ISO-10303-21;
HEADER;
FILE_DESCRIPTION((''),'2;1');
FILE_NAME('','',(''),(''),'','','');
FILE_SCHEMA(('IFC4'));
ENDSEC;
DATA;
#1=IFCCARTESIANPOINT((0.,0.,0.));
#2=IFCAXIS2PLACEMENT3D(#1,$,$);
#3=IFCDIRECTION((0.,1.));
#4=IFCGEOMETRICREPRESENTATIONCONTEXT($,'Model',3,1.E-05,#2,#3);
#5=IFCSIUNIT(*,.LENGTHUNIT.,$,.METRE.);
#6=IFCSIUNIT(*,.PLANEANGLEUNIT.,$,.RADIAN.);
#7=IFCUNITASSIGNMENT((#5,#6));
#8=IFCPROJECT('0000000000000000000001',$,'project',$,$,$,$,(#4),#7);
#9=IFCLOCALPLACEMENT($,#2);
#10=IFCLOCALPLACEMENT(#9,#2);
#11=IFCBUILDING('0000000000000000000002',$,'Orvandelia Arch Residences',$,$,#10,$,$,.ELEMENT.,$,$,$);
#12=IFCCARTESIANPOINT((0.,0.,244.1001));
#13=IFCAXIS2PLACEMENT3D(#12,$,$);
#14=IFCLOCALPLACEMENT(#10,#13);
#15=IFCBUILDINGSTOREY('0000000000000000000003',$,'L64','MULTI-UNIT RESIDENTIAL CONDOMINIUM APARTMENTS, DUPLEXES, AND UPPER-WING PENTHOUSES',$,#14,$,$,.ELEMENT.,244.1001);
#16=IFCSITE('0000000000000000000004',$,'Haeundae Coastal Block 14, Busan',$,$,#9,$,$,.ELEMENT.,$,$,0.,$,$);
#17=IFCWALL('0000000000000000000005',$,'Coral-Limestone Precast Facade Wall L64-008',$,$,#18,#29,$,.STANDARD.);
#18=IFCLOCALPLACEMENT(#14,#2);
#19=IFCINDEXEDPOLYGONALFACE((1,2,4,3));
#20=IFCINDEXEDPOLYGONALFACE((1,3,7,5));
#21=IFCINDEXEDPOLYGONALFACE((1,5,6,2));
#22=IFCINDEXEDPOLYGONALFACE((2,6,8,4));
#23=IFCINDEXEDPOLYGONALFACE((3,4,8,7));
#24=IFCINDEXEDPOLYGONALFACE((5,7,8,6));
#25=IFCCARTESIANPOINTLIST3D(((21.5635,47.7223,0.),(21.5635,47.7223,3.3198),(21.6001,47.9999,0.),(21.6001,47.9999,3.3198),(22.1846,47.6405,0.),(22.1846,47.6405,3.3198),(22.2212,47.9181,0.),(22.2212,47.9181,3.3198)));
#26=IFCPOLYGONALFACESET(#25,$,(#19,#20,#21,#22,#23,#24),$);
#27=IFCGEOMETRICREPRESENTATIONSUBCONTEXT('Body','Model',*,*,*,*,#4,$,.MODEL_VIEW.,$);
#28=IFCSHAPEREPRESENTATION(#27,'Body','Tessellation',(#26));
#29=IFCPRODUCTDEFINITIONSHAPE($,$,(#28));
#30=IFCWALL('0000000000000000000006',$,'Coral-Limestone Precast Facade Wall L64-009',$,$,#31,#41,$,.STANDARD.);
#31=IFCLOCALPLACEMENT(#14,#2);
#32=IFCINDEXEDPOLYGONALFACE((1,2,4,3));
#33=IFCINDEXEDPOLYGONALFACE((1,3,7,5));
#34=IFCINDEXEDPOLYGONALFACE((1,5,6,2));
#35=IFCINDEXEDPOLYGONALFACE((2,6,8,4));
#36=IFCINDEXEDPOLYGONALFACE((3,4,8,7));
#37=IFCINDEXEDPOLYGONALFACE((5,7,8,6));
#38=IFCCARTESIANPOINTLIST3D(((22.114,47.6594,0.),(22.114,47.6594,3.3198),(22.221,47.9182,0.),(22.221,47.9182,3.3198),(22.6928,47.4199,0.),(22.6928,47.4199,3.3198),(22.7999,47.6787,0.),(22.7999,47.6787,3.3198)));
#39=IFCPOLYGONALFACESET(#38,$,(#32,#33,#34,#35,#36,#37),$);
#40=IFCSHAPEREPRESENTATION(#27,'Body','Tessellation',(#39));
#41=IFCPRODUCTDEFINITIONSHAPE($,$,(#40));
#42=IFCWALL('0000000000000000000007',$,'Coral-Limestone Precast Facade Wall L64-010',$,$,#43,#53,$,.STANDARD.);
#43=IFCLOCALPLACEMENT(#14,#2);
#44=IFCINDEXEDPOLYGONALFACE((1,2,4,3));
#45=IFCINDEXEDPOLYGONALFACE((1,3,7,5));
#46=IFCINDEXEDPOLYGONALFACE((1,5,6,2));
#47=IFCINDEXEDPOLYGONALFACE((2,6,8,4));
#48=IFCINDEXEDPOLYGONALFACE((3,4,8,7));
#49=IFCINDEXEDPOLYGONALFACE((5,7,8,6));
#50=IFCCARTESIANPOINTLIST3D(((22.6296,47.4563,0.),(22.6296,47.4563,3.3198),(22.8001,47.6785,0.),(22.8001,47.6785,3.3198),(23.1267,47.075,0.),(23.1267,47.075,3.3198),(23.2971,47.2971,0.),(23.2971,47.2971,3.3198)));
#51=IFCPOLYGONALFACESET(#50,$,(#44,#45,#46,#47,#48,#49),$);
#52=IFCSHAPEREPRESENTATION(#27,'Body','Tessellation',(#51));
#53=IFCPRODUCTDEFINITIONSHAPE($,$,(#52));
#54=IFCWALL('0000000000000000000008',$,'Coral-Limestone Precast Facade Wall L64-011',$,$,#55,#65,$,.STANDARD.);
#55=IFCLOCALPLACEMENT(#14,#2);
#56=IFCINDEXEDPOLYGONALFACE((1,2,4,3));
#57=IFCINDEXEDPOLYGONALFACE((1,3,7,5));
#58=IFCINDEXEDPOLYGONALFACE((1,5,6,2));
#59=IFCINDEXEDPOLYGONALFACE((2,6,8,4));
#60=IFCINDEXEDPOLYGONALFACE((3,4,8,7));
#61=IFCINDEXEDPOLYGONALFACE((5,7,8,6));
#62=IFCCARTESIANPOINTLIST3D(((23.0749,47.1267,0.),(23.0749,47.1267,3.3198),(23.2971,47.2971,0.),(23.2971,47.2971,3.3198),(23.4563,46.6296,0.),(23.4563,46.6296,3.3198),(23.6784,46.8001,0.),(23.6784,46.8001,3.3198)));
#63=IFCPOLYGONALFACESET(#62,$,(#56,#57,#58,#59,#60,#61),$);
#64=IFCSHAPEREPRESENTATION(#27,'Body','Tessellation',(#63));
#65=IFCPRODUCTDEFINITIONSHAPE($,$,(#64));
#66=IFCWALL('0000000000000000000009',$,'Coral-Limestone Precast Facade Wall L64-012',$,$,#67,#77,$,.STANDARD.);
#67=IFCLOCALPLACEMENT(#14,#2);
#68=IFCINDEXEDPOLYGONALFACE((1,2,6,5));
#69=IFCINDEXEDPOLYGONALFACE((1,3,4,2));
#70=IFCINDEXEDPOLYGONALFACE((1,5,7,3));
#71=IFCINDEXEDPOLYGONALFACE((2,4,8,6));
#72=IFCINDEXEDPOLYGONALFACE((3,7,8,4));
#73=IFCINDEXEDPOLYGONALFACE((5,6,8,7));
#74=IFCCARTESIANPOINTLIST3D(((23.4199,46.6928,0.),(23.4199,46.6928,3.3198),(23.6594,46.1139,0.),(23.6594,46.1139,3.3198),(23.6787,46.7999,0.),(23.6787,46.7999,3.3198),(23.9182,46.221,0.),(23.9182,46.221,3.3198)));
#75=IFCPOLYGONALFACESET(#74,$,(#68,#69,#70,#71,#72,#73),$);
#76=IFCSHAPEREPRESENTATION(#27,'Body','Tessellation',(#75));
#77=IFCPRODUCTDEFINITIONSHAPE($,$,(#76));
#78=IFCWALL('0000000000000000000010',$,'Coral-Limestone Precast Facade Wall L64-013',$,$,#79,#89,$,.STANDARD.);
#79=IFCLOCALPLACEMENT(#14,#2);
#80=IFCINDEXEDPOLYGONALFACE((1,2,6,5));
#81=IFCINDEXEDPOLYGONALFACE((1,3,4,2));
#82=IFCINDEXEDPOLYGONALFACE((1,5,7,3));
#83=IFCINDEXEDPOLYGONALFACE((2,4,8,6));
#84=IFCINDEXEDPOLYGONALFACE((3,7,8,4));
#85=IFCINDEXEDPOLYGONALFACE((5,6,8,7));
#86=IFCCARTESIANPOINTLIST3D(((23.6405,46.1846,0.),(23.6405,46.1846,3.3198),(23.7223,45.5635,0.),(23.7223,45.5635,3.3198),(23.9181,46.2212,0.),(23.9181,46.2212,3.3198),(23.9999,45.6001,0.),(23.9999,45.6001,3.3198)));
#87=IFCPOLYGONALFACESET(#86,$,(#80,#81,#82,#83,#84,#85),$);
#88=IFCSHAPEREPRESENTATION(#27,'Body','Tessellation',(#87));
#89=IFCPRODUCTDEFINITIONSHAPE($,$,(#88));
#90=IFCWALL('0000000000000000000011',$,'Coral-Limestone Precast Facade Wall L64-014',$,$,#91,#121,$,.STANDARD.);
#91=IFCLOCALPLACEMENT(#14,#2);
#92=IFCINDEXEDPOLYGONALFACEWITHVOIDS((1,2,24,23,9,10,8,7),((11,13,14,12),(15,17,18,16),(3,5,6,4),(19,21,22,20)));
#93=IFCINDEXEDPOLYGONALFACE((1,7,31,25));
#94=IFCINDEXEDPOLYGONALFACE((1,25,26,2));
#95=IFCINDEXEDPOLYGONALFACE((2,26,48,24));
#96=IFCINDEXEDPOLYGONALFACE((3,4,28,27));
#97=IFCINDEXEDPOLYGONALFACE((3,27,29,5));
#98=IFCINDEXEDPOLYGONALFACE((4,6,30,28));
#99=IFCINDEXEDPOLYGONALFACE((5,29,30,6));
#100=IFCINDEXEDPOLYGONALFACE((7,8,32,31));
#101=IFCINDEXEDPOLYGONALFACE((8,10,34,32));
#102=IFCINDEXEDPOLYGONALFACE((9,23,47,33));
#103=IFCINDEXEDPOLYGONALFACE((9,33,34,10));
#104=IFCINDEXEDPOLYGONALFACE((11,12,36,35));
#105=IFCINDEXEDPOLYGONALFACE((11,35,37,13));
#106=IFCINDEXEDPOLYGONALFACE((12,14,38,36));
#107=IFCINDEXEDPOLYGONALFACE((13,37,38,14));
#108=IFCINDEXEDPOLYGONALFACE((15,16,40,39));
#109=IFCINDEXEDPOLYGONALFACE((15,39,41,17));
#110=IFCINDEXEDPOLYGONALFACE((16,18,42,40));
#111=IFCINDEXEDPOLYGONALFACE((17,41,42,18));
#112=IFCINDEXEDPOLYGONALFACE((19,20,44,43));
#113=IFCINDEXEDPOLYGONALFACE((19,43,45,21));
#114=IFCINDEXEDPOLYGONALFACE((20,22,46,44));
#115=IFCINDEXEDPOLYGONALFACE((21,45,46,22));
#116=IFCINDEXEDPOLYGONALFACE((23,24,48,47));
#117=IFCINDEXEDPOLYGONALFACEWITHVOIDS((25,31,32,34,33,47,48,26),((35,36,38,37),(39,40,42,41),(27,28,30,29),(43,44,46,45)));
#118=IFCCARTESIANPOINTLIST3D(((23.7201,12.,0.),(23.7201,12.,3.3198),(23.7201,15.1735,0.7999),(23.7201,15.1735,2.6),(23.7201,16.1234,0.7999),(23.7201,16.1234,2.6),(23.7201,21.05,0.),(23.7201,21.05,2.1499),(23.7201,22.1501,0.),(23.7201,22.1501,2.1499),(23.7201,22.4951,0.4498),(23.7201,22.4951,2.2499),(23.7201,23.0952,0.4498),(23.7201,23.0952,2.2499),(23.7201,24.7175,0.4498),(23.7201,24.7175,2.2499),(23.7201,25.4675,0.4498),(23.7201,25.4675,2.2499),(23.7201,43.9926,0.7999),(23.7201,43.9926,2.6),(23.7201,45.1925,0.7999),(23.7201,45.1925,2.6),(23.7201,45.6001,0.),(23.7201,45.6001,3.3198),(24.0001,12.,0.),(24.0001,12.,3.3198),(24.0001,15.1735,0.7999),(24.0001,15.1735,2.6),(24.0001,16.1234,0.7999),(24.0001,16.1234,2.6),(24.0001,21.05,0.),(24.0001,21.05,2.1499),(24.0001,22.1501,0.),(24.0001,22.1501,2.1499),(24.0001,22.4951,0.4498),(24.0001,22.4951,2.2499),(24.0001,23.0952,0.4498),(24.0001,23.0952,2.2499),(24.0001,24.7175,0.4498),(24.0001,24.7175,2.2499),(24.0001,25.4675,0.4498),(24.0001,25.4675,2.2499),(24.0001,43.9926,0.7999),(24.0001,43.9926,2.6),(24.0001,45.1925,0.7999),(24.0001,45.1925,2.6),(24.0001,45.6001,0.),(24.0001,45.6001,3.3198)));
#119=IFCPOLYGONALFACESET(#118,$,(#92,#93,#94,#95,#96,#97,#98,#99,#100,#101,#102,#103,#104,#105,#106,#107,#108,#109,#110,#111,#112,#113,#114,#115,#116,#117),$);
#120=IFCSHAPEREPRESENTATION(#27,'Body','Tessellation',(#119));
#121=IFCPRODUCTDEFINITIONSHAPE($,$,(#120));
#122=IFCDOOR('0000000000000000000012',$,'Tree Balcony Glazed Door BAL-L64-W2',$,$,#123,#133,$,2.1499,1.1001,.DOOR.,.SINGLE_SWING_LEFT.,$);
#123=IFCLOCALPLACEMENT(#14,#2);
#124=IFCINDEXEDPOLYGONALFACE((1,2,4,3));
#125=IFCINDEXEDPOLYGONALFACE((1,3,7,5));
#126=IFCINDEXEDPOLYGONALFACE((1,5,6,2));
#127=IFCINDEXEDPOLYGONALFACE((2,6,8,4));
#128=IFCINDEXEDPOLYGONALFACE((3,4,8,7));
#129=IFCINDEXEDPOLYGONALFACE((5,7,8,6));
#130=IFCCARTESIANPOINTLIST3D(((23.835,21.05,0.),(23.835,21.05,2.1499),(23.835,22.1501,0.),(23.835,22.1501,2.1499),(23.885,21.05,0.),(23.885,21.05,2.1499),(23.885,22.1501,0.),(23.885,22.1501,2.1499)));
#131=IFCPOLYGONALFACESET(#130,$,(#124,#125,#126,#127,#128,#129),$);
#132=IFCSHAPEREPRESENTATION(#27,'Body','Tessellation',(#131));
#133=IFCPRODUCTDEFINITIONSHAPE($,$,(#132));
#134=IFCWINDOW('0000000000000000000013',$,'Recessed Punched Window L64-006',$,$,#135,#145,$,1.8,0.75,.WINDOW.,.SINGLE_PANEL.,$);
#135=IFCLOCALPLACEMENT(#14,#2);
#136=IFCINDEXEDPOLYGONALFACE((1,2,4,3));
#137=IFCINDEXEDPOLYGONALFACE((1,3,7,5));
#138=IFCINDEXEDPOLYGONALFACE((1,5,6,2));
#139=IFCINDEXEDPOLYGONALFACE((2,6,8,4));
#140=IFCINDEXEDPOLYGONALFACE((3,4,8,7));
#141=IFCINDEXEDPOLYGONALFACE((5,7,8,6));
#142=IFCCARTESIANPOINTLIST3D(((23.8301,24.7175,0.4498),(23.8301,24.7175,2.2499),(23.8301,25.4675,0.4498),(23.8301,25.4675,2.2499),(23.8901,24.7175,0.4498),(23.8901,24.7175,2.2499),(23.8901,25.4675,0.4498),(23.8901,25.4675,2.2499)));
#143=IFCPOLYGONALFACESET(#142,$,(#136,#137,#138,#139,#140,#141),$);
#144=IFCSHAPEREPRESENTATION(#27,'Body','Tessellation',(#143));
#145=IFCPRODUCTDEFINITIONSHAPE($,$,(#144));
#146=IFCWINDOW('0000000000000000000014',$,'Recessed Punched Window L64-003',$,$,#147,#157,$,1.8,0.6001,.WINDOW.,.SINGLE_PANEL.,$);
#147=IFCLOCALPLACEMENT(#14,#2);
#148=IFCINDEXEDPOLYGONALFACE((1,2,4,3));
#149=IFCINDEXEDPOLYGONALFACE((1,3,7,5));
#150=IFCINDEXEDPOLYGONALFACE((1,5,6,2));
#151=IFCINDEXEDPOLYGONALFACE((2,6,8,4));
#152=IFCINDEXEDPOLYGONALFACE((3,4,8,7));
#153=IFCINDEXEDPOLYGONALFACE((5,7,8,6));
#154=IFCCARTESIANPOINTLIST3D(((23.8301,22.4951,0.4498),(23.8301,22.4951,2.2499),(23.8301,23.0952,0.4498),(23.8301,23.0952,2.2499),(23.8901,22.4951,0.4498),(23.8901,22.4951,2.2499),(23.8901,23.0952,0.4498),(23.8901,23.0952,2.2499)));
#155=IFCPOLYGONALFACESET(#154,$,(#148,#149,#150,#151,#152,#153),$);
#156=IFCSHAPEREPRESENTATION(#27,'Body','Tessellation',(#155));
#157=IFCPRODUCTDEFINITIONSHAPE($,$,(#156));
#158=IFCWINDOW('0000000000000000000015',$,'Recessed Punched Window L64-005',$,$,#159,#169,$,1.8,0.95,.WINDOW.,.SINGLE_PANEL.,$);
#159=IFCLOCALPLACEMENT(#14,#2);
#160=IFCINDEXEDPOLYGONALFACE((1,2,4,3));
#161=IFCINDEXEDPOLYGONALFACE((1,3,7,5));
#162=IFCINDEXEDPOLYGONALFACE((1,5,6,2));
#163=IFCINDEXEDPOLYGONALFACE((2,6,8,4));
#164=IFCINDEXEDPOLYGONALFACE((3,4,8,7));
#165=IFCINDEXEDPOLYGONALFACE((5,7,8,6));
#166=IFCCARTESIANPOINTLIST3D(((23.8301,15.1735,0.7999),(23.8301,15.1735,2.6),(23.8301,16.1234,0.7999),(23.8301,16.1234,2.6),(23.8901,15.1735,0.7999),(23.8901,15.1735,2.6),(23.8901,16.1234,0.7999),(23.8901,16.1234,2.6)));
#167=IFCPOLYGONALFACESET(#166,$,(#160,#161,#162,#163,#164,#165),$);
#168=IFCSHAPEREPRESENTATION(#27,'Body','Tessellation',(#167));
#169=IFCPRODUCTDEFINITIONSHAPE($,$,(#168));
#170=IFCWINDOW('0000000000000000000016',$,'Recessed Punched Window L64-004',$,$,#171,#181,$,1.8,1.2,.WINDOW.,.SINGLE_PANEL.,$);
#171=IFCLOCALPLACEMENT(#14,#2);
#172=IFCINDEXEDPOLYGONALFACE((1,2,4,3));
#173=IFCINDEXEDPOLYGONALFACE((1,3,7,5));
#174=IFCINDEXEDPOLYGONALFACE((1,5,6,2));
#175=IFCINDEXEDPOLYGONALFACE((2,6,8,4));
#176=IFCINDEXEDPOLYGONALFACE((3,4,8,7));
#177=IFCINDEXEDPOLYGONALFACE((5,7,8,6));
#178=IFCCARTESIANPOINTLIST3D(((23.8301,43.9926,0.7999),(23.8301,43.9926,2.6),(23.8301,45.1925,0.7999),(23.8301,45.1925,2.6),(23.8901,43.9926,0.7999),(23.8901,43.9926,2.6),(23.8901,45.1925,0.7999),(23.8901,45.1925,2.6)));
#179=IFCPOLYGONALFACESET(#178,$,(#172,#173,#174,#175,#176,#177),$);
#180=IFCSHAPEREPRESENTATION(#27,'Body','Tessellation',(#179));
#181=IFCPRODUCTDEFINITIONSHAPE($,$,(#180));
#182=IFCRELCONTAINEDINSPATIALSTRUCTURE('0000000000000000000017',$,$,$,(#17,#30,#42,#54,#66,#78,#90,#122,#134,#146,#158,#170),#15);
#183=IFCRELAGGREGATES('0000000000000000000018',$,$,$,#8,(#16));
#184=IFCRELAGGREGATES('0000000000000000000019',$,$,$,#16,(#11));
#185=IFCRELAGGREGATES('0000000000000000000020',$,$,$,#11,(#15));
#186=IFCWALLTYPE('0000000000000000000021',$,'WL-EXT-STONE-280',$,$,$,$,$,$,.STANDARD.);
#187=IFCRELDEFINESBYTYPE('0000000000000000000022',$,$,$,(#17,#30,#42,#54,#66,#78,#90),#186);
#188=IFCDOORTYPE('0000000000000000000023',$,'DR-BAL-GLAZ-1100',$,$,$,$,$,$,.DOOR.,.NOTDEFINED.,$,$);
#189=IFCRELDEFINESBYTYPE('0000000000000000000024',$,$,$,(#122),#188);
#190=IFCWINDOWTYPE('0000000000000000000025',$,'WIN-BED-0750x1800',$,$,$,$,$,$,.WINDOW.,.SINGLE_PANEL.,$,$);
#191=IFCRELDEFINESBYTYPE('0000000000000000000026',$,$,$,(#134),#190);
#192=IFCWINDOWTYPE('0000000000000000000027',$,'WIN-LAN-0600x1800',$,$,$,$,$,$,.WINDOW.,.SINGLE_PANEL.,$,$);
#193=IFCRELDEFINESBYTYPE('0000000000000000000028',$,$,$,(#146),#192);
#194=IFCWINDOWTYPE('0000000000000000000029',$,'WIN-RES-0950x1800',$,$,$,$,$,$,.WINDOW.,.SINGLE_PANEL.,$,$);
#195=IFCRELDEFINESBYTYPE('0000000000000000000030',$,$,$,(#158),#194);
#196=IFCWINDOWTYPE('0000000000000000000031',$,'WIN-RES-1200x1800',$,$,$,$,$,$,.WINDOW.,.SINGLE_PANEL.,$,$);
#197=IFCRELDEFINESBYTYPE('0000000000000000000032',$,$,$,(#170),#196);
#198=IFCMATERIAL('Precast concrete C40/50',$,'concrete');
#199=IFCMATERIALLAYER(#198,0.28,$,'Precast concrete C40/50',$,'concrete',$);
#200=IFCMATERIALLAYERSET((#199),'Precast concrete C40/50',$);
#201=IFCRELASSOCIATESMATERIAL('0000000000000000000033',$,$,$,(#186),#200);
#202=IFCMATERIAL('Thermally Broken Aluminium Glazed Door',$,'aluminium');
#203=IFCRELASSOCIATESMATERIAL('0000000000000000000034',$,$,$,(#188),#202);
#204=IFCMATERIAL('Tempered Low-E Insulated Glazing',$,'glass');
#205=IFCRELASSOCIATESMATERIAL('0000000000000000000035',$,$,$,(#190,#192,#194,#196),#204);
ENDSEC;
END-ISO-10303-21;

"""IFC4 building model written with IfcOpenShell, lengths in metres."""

from ifc_helpers import new_model, si_unit, direction, frame, frame_2d, origin, place, context, subcontext, project, spatial, rectangle, extrude, material, layer, layer_set, type_object, element, fill, save


model = new_model("IFC4")

# Units and contexts
model_context = context("Model", 3, precision=1e-05, world=origin(), true_north=direction((0.0, 1.0)))
body_context = subcontext(model_context, "Body", "Model", "MODEL_VIEW")
ifc_project = project(units=[si_unit("LENGTHUNIT", "METRE"), si_unit("PLANEANGLEUNIT", "RADIAN")], contexts=[model_context])

# Site, building, storey
site_placement = place(None, origin())
site = spatial("IfcSite", under=ifc_project, at=site_placement, Name="Haeundae Coastal Block 14, Busan", CompositionType="ELEMENT", RefElevation=0.0)
building_placement = place(site_placement, origin())
building = spatial("IfcBuilding", under=site, at=building_placement, Name="Orvandelia Arch Residences", CompositionType="ELEMENT")
storey_placement = place(building_placement, frame((0.0, 0.0, 244.1001)))
storey = spatial("IfcBuildingStorey", under=building, at=storey_placement, Name="L64", Description="MULTI-UNIT RESIDENTIAL CONDOMINIUM APARTMENTS, DUPLEXES, AND UPPER-WING PENTHOUSES", CompositionType="ELEMENT", Elevation=244.1001)

# Walls
ifc_material_1 = material(Name="Precast concrete C40/50", Category="concrete")
ifc_layer_1 = layer(ifc_material_1, 0.28, Name="Precast concrete C40/50", Category="concrete")
ifc_layer_set_1 = layer_set([ifc_layer_1], Name="Precast concrete C40/50")
wall_type_1 = type_object("IfcWallType", Name="WL-EXT-STONE-280", PredefinedType="STANDARD", material=ifc_layer_set_1)
for number, where, z_axis, x_axis, name in (
    (1, (21.5818, 47.8611, 0.0), (0.0, 0.0, 1.0), (0.991441, -0.130555, 0.0), "Coral-Limestone Precast Facade Wall L64-008"),
    (2, (22.1675, 47.7888, 0.0), (0.0, 0.0, 1.0), (0.924031, -0.382317, 0.0), "Coral-Limestone Precast Facade Wall L64-009"),
    (3, (22.7148, 47.5674, 0.0), (0.0, 0.0, 1.0), (0.793406, -0.608693, 0.0), "Coral-Limestone Precast Facade Wall L64-010"),
    (4, (23.186, 47.2119, 0.0), (0.0, 0.0, 1.0), (0.608693, -0.793406, 0.0), "Coral-Limestone Precast Facade Wall L64-011"),
    (5, (23.5493, 46.7463, 0.0), (0.0, 0.0, 1.0), (0.382317, -0.924031, 0.0), "Coral-Limestone Precast Facade Wall L64-012"),
    (6, (23.7793, 46.2029, 0.0), (0.0, 0.0, 1.0), (0.130555, -0.991441, 0.0), "Coral-Limestone Precast Facade Wall L64-013"),
):
    element("IfcWall", number, at=place(storey_placement, frame(where, z_axis=z_axis, x_axis=x_axis)), inside=storey, type_object=wall_type_1, Name=name, PredefinedType="STANDARD", context=body_context, shape_type="SweptSolid", body=[
        extrude(rectangle(XDim=0.6265, YDim=0.28, at=frame_2d((0.3132, 0.0))), origin(), (0.0, 0.0, 1.0), 3.3198),
    ])

# Wall, openings, door, windows
wall_1_placement = place(storey_placement, frame((23.8601, 45.6001, 0.0), z_axis=(0.0, 0.0, 1.0), x_axis=(0.0, -1.0, 0.0)))
wall_1 = element("IfcWall", 7, at=wall_1_placement, inside=storey, type_object=wall_type_1, Name="Coral-Limestone Precast Facade Wall L64-014", PredefinedType="STANDARD", context=body_context, shape_type="SweptSolid", body=[
    extrude(rectangle(XDim=33.6001, YDim=0.28, at=frame_2d((16.8, 0.0))), origin(), (0.0, 0.0, 1.0), 3.3198),
])
opening_1_placement = place(wall_1_placement, frame((23.45, 0.0, 0.0)))
opening_1 = element("IfcOpeningElement", 8, at=opening_1_placement, cuts=wall_1, PredefinedType="OPENING", context=body_context, shape_type="SweptSolid", body=[
    extrude(rectangle(XDim=1.1001, YDim=2.1499, at=frame_2d((0.55, 1.075))), frame((0.0, 0.1499, 0.0), z_axis=(0.0, -1.0, 0.0), x_axis=(1.0, 0.0, 0.0)), (0.0, 0.0, 1.0), 0.3),
])
opening_2_placement = place(wall_1_placement, frame((22.5049, 0.0, 0.45)))
opening_2 = element("IfcOpeningElement", 9, at=opening_2_placement, cuts=wall_1, PredefinedType="OPENING", context=body_context, shape_type="SweptSolid", body=[
    extrude(rectangle(XDim=0.6001, YDim=1.8, at=frame_2d((0.3, 0.8999))), frame((0.0, 0.1499, 0.0), z_axis=(0.0, -1.0, 0.0), x_axis=(1.0, 0.0, 0.0)), (0.0, 0.0, 1.0), 0.3),
])
opening_3_placement = place(wall_1_placement, frame((0.4075, 0.0, 0.8)))
opening_3 = element("IfcOpeningElement", 10, at=opening_3_placement, cuts=wall_1, PredefinedType="OPENING", context=body_context, shape_type="SweptSolid", body=[
    extrude(rectangle(XDim=1.2, YDim=1.8, at=frame_2d((0.6001, 0.8999))), frame((0.0, 0.1499, 0.0), z_axis=(0.0, -1.0, 0.0), x_axis=(1.0, 0.0, 0.0)), (0.0, 0.0, 1.0), 0.3),
])
opening_4_placement = place(wall_1_placement, frame((29.4766, 0.0, 0.8)))
opening_4 = element("IfcOpeningElement", 11, at=opening_4_placement, cuts=wall_1, PredefinedType="OPENING", context=body_context, shape_type="SweptSolid", body=[
    extrude(rectangle(XDim=0.95, YDim=1.8, at=frame_2d((0.4751, 0.8999))), frame((0.0, 0.1499, 0.0), z_axis=(0.0, -1.0, 0.0), x_axis=(1.0, 0.0, 0.0)), (0.0, 0.0, 1.0), 0.3),
])
opening_5_placement = place(wall_1_placement, frame((20.1326, 0.0, 0.45)))
opening_5 = element("IfcOpeningElement", 12, at=opening_5_placement, cuts=wall_1, PredefinedType="OPENING", context=body_context, shape_type="SweptSolid", body=[
    extrude(rectangle(XDim=0.75, YDim=1.8, at=frame_2d((0.375, 0.8999))), frame((0.0, 0.1499, 0.0), z_axis=(0.0, -1.0, 0.0), x_axis=(1.0, 0.0, 0.0)), (0.0, 0.0, 1.0), 0.3),
])
ifc_material_2 = material(Name="Thermally Broken Aluminium Glazed Door", Category="aluminium")
door_type_1 = type_object("IfcDoorType", Name="DR-BAL-GLAZ-1100", OperationType="NOTDEFINED", PredefinedType="DOOR", material=ifc_material_2)
door_1_placement = place(opening_1_placement, origin())
door_1 = element("IfcDoor", 13, at=door_1_placement, inside=storey, type_object=door_type_1, Name="Tree Balcony Glazed Door BAL-L64-W2", OperationType="SINGLE_SWING_LEFT", OverallHeight=2.1499, OverallWidth=1.1001, PredefinedType="DOOR", context=body_context, shape_type="SweptSolid", body=[
    extrude(rectangle(XDim=1.1001, YDim=2.1499, at=frame_2d((0.55, 1.075))), frame((0.0, 0.0249, 0.0), z_axis=(0.0, -1.0, 0.0), x_axis=(1.0, 0.0, 0.0)), (0.0, 0.0, 1.0), 0.05),
])
fill(opening_1, door_1)
ifc_material_3 = material(Name="Tempered Low-E Insulated Glazing", Category="glass")
window_type_1 = type_object("IfcWindowType", Name="WIN-BED-0750x1800", PartitioningType="SINGLE_PANEL", PredefinedType="WINDOW", material=ifc_material_3)
window_1_placement = place(opening_5_placement, origin())
window_1 = element("IfcWindow", 14, at=window_1_placement, inside=storey, type_object=window_type_1, Name="Recessed Punched Window L64-006", OverallHeight=1.8, OverallWidth=0.75, PartitioningType="SINGLE_PANEL", PredefinedType="WINDOW", context=body_context, shape_type="SweptSolid", body=[
    extrude(rectangle(XDim=0.75, YDim=1.8, at=frame_2d((0.375, 0.8999))), frame((0.0, 0.03, 0.0), z_axis=(0.0, -1.0, 0.0), x_axis=(1.0, 0.0, 0.0)), (0.0, 0.0, 1.0), 0.0601),
])
fill(opening_5, window_1)
window_type_2 = type_object("IfcWindowType", Name="WIN-LAN-0600x1800", PartitioningType="SINGLE_PANEL", PredefinedType="WINDOW", material=ifc_material_3)
window_2_placement = place(opening_2_placement, origin())
window_2 = element("IfcWindow", 15, at=window_2_placement, inside=storey, type_object=window_type_2, Name="Recessed Punched Window L64-003", OverallHeight=1.8, OverallWidth=0.6001, PartitioningType="SINGLE_PANEL", PredefinedType="WINDOW", context=body_context, shape_type="SweptSolid", body=[
    extrude(rectangle(XDim=0.6001, YDim=1.8, at=frame_2d((0.3, 0.8999))), frame((0.0, 0.03, 0.0), z_axis=(0.0, -1.0, 0.0), x_axis=(1.0, 0.0, 0.0)), (0.0, 0.0, 1.0), 0.0601),
])
fill(opening_2, window_2)
window_type_3 = type_object("IfcWindowType", Name="WIN-RES-0950x1800", PartitioningType="SINGLE_PANEL", PredefinedType="WINDOW", material=ifc_material_3)
window_3_placement = place(opening_4_placement, origin())
window_3 = element("IfcWindow", 16, at=window_3_placement, inside=storey, type_object=window_type_3, Name="Recessed Punched Window L64-005", OverallHeight=1.8, OverallWidth=0.95, PartitioningType="SINGLE_PANEL", PredefinedType="WINDOW", context=body_context, shape_type="SweptSolid", body=[
    extrude(rectangle(XDim=0.95, YDim=1.8, at=frame_2d((0.4751, 0.8999))), frame((0.0, 0.03, 0.0), z_axis=(0.0, -1.0, 0.0), x_axis=(1.0, 0.0, 0.0)), (0.0, 0.0, 1.0), 0.0601),
])
fill(opening_4, window_3)
window_type_4 = type_object("IfcWindowType", Name="WIN-RES-1200x1800", PartitioningType="SINGLE_PANEL", PredefinedType="WINDOW", material=ifc_material_3)
window_4_placement = place(opening_3_placement, origin())
window_4 = element("IfcWindow", 17, at=window_4_placement, inside=storey, type_object=window_type_4, Name="Recessed Punched Window L64-004", OverallHeight=1.8, OverallWidth=1.2, PartitioningType="SINGLE_PANEL", PredefinedType="WINDOW", context=body_context, shape_type="SweptSolid", body=[
    extrude(rectangle(XDim=1.2, YDim=1.8, at=frame_2d((0.6001, 0.8999))), frame((0.0, 0.03, 0.0), z_axis=(0.0, -1.0, 0.0), x_axis=(1.0, 0.0, 0.0)), (0.0, 0.0, 1.0), 0.0601),
])
fill(opening_3, window_4)

save(model, "model.ifc")
